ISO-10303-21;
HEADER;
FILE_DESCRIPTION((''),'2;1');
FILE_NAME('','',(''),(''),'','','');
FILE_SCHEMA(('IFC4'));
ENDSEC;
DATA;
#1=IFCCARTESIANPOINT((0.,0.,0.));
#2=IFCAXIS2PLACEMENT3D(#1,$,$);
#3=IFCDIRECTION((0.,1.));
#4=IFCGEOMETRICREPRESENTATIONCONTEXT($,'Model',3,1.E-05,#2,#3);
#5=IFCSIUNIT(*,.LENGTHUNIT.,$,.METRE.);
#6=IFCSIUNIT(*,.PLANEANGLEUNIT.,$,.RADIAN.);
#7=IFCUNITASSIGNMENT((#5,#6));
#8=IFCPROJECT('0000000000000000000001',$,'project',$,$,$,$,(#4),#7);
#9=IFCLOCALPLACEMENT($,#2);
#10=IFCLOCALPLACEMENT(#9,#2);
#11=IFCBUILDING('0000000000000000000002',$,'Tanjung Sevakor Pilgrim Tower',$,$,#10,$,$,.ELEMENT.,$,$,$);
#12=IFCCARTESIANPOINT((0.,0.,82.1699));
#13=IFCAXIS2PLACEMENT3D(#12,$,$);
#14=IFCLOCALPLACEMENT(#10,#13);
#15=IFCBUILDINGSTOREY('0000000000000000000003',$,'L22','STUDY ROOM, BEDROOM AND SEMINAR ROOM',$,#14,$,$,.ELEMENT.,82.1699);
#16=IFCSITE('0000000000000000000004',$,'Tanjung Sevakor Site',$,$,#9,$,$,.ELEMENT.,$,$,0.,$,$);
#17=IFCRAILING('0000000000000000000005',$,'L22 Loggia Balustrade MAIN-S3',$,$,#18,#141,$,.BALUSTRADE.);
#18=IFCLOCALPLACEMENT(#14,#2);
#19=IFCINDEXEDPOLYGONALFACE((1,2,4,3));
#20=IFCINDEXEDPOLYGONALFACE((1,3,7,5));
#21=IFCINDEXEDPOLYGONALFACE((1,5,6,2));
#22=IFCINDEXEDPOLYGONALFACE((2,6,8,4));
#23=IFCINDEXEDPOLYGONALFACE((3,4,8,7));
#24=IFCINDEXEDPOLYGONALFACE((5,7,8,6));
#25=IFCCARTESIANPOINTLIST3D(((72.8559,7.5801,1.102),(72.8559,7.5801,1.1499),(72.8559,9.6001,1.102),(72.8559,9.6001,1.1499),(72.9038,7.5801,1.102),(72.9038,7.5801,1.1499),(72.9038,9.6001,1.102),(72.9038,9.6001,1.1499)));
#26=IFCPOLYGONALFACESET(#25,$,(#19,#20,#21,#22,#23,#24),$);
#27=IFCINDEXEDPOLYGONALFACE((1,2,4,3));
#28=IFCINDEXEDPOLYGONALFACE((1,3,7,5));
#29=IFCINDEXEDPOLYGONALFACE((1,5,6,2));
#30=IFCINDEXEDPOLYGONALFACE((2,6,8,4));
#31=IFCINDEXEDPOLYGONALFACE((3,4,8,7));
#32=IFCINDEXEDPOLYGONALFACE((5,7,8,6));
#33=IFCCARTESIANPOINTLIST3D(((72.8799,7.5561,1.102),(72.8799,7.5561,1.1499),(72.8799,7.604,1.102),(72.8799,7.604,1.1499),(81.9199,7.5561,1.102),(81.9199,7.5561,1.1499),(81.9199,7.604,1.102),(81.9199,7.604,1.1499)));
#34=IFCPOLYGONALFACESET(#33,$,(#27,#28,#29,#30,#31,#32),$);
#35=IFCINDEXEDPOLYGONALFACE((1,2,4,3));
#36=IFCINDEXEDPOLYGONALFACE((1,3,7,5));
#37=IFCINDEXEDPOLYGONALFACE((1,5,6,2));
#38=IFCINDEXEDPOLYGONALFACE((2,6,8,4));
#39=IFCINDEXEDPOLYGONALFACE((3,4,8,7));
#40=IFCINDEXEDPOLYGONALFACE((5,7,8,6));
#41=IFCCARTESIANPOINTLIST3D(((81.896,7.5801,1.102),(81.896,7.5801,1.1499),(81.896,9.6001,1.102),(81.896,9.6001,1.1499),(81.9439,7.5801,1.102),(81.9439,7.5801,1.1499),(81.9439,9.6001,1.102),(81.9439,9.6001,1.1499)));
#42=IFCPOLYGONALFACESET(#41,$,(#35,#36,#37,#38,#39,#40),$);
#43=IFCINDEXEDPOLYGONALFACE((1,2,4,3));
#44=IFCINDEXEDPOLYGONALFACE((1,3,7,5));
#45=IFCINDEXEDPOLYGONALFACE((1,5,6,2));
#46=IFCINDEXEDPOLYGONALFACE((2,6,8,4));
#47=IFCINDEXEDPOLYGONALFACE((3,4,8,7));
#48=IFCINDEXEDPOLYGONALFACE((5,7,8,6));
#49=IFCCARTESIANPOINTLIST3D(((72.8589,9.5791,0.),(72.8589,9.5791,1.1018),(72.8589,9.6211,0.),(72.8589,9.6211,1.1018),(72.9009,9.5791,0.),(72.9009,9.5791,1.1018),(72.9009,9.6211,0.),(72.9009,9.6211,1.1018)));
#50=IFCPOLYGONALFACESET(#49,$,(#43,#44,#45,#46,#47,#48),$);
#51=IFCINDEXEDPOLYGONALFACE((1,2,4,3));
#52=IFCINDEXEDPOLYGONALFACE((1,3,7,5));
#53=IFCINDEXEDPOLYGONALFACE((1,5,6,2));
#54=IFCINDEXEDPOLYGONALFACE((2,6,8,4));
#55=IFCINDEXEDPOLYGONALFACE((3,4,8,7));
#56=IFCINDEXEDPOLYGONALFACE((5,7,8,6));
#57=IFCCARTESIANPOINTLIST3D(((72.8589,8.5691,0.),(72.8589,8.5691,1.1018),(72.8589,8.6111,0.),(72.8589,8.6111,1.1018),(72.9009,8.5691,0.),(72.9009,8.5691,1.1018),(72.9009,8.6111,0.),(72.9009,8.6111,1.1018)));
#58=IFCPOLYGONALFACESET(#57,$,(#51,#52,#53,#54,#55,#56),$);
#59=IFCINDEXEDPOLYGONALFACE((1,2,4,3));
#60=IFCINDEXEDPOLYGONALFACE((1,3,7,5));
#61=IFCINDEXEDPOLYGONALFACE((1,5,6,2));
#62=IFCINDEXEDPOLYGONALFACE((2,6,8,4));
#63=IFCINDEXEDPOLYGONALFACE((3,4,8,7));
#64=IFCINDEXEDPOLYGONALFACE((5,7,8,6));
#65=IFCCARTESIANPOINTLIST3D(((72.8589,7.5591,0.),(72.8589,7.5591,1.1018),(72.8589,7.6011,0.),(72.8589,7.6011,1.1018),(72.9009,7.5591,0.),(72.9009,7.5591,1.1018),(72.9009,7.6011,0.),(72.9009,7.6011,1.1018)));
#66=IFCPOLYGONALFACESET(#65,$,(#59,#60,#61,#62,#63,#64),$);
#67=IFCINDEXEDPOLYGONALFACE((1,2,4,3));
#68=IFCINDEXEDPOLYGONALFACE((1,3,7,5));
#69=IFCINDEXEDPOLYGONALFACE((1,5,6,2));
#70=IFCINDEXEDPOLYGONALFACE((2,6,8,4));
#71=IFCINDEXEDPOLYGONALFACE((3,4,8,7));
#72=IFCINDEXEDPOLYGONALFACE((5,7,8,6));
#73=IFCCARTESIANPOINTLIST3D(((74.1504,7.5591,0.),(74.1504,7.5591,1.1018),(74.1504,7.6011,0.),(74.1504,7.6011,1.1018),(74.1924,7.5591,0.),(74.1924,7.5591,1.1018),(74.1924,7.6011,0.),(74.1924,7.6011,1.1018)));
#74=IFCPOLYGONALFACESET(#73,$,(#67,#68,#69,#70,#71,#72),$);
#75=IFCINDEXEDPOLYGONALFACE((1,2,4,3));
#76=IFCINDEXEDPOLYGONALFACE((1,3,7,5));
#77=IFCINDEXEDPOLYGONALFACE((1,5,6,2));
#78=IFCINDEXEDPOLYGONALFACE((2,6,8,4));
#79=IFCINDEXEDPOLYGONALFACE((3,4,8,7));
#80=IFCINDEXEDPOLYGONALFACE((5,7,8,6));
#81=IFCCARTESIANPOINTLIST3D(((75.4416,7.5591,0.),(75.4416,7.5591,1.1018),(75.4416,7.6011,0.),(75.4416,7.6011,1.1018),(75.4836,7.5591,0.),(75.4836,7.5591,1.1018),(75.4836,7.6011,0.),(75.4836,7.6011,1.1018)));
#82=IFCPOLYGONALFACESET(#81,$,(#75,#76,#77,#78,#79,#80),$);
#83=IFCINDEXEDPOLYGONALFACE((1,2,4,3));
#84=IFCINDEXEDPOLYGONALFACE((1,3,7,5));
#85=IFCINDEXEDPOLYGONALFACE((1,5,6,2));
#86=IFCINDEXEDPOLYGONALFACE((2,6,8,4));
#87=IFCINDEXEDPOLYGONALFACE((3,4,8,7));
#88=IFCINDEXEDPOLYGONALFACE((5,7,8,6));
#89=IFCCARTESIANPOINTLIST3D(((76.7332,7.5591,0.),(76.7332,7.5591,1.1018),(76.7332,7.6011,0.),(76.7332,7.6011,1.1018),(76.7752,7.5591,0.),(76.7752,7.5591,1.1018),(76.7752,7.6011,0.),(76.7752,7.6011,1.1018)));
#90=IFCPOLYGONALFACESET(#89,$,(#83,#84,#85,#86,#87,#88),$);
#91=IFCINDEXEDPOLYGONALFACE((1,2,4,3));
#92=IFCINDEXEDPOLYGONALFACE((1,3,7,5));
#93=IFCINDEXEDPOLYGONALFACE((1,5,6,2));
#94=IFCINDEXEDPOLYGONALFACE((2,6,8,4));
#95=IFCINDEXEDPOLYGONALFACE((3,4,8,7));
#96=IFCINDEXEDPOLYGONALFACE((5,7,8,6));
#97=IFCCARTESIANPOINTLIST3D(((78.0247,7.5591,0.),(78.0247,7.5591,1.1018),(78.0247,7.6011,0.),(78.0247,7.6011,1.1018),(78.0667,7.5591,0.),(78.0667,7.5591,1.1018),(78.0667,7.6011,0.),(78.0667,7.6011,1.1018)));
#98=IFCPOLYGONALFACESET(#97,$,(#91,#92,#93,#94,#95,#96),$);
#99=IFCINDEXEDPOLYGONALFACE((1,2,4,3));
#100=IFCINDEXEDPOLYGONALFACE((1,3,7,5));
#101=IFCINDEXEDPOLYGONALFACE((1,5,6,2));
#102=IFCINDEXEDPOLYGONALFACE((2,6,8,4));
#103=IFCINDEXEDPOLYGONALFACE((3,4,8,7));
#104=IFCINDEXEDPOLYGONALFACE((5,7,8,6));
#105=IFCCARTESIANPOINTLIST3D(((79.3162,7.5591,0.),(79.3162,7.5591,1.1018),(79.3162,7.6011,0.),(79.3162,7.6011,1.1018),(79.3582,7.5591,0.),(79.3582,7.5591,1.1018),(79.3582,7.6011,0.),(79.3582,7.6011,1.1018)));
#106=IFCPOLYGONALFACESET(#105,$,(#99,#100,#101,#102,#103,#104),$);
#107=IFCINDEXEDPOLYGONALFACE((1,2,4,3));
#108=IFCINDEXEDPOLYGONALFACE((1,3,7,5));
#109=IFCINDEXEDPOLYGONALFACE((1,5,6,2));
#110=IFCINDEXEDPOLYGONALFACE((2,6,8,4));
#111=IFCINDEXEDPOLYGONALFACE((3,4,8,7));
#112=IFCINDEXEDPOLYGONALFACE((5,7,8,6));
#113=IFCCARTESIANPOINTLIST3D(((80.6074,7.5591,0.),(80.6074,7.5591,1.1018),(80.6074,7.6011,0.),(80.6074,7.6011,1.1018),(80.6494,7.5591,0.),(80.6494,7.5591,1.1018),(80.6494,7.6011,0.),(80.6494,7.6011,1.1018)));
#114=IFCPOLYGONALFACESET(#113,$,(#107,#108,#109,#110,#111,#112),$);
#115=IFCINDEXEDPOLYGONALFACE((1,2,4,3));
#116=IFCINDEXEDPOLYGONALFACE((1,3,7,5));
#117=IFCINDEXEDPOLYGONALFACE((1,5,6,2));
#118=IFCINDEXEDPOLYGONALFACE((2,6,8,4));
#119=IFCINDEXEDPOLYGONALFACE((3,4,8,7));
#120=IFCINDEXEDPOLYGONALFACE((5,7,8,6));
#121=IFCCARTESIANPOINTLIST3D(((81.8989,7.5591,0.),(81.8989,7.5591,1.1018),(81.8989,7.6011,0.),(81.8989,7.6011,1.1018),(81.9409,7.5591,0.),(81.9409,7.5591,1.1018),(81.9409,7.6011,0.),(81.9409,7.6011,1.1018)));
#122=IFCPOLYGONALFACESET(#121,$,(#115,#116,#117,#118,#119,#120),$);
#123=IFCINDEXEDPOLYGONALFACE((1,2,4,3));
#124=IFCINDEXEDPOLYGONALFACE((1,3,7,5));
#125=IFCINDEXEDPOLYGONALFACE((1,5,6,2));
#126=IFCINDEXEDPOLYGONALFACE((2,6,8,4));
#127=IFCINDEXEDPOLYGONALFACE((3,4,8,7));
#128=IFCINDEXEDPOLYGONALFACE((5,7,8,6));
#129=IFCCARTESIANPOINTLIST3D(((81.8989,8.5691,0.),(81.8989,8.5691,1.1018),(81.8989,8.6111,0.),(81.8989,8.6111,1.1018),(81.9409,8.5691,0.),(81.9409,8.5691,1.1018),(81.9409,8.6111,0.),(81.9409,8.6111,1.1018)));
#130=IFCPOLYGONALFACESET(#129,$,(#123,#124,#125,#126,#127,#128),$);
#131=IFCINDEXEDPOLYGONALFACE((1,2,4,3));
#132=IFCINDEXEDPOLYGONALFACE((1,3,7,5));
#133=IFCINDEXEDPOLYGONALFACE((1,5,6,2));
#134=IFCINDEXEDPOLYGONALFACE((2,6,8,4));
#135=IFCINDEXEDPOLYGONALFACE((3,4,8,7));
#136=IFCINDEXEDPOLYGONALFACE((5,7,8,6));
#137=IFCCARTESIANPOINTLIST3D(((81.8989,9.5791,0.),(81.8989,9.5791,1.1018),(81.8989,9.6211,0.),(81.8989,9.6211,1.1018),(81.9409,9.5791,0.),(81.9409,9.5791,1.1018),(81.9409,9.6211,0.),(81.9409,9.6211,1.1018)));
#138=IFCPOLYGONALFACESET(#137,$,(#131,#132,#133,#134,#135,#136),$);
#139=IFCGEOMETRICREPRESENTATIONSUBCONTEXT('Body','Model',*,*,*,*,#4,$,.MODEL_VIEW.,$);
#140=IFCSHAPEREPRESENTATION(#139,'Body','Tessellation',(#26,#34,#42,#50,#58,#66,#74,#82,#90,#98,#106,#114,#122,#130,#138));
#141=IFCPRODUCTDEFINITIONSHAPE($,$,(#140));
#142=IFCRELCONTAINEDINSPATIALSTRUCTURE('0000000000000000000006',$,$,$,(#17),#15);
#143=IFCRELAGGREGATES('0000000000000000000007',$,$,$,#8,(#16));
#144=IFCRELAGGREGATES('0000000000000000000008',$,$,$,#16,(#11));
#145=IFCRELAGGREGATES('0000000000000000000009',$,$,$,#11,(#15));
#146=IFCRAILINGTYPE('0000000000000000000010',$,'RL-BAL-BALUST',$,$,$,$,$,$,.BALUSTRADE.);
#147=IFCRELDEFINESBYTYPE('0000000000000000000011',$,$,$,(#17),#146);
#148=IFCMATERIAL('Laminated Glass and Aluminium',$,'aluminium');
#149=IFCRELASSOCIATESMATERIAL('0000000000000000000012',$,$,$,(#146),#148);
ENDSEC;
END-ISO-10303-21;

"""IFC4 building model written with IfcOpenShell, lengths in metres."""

from ifc_helpers import new_model, si_unit, direction, frame, origin, place, context, subcontext, project, spatial, rectangle, extrude, material, type_object, element, save


model = new_model("IFC4")

# Units and contexts
model_context = context("Model", 3, precision=1e-05, world=origin(), true_north=direction((0.0, 1.0)))
body_context = subcontext(model_context, "Body", "Model", "MODEL_VIEW")
ifc_project = project(units=[si_unit("LENGTHUNIT", "METRE"), si_unit("PLANEANGLEUNIT", "RADIAN")], contexts=[model_context])

# Site, building, storey
site_placement = place(None, origin())
site = spatial("IfcSite", under=ifc_project, at=site_placement, Name="Tanjung Sevakor Site", CompositionType="ELEMENT", RefElevation=0.0)
building_placement = place(site_placement, origin())
building = spatial("IfcBuilding", under=site, at=building_placement, Name="Tanjung Sevakor Pilgrim Tower", CompositionType="ELEMENT")
storey_placement = place(building_placement, frame((0.0, 0.0, 82.1699)))
storey = spatial("IfcBuildingStorey", under=building, at=storey_placement, Name="L22", Description="STUDY ROOM, BEDROOM AND SEMINAR ROOM", CompositionType="ELEMENT", Elevation=82.1699)

# Railing
ifc_material_1 = material(Name="Laminated Glass and Aluminium", Category="aluminium")
railing_type = type_object("IfcRailingType", Name="RL-BAL-BALUST", PredefinedType="BALUSTRADE", material=ifc_material_1)
railing_1_placement = place(storey_placement, frame((72.8799, 9.6001, 0.0)))
element("IfcRailing", 1, at=railing_1_placement, inside=storey, type_object=railing_type, Name="L22 Loggia Balustrade MAIN-S3", PredefinedType="BALUSTRADE", context=body_context, shape_type="SweptSolid", body=[
    extrude(rectangle(XDim=0.0479, YDim=0.0479), frame((0.0, 0.0, 1.126), z_axis=(0.0, -1.0, 0.0), x_axis=(1.0, 0.0, 0.0)), (0.0, 0.0, 1.0), 2.02),
    extrude(rectangle(XDim=0.0479, YDim=0.0479), frame((0.0, -2.02, 1.126), z_axis=(1.0, 0.0, 0.0), x_axis=(0.0, 1.0, 0.0)), (0.0, 0.0, 1.0), 9.04),
    extrude(rectangle(XDim=0.0479, YDim=0.0479), frame((9.04, -2.02, 1.126), z_axis=(0.0, 1.0, 0.0), x_axis=(-1.0, 0.0, 0.0)), (0.0, 0.0, 1.0), 2.02),
    extrude(rectangle(XDim=0.042, YDim=0.042), origin(), (0.0, 0.0, 1.0), 1.1018),
    extrude(rectangle(XDim=0.042, YDim=0.042), frame((0.0, -1.01, 0.0)), (0.0, 0.0, 1.0), 1.1018),
    extrude(rectangle(XDim=0.042, YDim=0.042), frame((0.0, -2.02, 0.0)), (0.0, 0.0, 1.0), 1.1018),
    extrude(rectangle(XDim=0.042, YDim=0.042), frame((1.2915, -2.02, 0.0)), (0.0, 0.0, 1.0), 1.1018),
    extrude(rectangle(XDim=0.042, YDim=0.042), frame((2.5828, -2.02, 0.0)), (0.0, 0.0, 1.0), 1.1018),
    extrude(rectangle(XDim=0.042, YDim=0.042), frame((3.8743, -2.02, 0.0)), (0.0, 0.0, 1.0), 1.1018),
    extrude(rectangle(XDim=0.042, YDim=0.042), frame((5.1658, -2.02, 0.0)), (0.0, 0.0, 1.0), 1.1018),
    extrude(rectangle(XDim=0.042, YDim=0.042), frame((6.4573, -2.02, 0.0)), (0.0, 0.0, 1.0), 1.1018),
    extrude(rectangle(XDim=0.042, YDim=0.042), frame((7.7485, -2.02, 0.0)), (0.0, 0.0, 1.0), 1.1018),
    extrude(rectangle(XDim=0.042, YDim=0.042), frame((9.04, -2.02, 0.0)), (0.0, 0.0, 1.0), 1.1018),
    extrude(rectangle(XDim=0.042, YDim=0.042), frame((9.04, -1.01, 0.0)), (0.0, 0.0, 1.0), 1.1018),
    extrude(rectangle(XDim=0.042, YDim=0.042), frame((9.04, 0.0, 0.0)), (0.0, 0.0, 1.0), 1.1018),
])

save(model, "model.ifc")
